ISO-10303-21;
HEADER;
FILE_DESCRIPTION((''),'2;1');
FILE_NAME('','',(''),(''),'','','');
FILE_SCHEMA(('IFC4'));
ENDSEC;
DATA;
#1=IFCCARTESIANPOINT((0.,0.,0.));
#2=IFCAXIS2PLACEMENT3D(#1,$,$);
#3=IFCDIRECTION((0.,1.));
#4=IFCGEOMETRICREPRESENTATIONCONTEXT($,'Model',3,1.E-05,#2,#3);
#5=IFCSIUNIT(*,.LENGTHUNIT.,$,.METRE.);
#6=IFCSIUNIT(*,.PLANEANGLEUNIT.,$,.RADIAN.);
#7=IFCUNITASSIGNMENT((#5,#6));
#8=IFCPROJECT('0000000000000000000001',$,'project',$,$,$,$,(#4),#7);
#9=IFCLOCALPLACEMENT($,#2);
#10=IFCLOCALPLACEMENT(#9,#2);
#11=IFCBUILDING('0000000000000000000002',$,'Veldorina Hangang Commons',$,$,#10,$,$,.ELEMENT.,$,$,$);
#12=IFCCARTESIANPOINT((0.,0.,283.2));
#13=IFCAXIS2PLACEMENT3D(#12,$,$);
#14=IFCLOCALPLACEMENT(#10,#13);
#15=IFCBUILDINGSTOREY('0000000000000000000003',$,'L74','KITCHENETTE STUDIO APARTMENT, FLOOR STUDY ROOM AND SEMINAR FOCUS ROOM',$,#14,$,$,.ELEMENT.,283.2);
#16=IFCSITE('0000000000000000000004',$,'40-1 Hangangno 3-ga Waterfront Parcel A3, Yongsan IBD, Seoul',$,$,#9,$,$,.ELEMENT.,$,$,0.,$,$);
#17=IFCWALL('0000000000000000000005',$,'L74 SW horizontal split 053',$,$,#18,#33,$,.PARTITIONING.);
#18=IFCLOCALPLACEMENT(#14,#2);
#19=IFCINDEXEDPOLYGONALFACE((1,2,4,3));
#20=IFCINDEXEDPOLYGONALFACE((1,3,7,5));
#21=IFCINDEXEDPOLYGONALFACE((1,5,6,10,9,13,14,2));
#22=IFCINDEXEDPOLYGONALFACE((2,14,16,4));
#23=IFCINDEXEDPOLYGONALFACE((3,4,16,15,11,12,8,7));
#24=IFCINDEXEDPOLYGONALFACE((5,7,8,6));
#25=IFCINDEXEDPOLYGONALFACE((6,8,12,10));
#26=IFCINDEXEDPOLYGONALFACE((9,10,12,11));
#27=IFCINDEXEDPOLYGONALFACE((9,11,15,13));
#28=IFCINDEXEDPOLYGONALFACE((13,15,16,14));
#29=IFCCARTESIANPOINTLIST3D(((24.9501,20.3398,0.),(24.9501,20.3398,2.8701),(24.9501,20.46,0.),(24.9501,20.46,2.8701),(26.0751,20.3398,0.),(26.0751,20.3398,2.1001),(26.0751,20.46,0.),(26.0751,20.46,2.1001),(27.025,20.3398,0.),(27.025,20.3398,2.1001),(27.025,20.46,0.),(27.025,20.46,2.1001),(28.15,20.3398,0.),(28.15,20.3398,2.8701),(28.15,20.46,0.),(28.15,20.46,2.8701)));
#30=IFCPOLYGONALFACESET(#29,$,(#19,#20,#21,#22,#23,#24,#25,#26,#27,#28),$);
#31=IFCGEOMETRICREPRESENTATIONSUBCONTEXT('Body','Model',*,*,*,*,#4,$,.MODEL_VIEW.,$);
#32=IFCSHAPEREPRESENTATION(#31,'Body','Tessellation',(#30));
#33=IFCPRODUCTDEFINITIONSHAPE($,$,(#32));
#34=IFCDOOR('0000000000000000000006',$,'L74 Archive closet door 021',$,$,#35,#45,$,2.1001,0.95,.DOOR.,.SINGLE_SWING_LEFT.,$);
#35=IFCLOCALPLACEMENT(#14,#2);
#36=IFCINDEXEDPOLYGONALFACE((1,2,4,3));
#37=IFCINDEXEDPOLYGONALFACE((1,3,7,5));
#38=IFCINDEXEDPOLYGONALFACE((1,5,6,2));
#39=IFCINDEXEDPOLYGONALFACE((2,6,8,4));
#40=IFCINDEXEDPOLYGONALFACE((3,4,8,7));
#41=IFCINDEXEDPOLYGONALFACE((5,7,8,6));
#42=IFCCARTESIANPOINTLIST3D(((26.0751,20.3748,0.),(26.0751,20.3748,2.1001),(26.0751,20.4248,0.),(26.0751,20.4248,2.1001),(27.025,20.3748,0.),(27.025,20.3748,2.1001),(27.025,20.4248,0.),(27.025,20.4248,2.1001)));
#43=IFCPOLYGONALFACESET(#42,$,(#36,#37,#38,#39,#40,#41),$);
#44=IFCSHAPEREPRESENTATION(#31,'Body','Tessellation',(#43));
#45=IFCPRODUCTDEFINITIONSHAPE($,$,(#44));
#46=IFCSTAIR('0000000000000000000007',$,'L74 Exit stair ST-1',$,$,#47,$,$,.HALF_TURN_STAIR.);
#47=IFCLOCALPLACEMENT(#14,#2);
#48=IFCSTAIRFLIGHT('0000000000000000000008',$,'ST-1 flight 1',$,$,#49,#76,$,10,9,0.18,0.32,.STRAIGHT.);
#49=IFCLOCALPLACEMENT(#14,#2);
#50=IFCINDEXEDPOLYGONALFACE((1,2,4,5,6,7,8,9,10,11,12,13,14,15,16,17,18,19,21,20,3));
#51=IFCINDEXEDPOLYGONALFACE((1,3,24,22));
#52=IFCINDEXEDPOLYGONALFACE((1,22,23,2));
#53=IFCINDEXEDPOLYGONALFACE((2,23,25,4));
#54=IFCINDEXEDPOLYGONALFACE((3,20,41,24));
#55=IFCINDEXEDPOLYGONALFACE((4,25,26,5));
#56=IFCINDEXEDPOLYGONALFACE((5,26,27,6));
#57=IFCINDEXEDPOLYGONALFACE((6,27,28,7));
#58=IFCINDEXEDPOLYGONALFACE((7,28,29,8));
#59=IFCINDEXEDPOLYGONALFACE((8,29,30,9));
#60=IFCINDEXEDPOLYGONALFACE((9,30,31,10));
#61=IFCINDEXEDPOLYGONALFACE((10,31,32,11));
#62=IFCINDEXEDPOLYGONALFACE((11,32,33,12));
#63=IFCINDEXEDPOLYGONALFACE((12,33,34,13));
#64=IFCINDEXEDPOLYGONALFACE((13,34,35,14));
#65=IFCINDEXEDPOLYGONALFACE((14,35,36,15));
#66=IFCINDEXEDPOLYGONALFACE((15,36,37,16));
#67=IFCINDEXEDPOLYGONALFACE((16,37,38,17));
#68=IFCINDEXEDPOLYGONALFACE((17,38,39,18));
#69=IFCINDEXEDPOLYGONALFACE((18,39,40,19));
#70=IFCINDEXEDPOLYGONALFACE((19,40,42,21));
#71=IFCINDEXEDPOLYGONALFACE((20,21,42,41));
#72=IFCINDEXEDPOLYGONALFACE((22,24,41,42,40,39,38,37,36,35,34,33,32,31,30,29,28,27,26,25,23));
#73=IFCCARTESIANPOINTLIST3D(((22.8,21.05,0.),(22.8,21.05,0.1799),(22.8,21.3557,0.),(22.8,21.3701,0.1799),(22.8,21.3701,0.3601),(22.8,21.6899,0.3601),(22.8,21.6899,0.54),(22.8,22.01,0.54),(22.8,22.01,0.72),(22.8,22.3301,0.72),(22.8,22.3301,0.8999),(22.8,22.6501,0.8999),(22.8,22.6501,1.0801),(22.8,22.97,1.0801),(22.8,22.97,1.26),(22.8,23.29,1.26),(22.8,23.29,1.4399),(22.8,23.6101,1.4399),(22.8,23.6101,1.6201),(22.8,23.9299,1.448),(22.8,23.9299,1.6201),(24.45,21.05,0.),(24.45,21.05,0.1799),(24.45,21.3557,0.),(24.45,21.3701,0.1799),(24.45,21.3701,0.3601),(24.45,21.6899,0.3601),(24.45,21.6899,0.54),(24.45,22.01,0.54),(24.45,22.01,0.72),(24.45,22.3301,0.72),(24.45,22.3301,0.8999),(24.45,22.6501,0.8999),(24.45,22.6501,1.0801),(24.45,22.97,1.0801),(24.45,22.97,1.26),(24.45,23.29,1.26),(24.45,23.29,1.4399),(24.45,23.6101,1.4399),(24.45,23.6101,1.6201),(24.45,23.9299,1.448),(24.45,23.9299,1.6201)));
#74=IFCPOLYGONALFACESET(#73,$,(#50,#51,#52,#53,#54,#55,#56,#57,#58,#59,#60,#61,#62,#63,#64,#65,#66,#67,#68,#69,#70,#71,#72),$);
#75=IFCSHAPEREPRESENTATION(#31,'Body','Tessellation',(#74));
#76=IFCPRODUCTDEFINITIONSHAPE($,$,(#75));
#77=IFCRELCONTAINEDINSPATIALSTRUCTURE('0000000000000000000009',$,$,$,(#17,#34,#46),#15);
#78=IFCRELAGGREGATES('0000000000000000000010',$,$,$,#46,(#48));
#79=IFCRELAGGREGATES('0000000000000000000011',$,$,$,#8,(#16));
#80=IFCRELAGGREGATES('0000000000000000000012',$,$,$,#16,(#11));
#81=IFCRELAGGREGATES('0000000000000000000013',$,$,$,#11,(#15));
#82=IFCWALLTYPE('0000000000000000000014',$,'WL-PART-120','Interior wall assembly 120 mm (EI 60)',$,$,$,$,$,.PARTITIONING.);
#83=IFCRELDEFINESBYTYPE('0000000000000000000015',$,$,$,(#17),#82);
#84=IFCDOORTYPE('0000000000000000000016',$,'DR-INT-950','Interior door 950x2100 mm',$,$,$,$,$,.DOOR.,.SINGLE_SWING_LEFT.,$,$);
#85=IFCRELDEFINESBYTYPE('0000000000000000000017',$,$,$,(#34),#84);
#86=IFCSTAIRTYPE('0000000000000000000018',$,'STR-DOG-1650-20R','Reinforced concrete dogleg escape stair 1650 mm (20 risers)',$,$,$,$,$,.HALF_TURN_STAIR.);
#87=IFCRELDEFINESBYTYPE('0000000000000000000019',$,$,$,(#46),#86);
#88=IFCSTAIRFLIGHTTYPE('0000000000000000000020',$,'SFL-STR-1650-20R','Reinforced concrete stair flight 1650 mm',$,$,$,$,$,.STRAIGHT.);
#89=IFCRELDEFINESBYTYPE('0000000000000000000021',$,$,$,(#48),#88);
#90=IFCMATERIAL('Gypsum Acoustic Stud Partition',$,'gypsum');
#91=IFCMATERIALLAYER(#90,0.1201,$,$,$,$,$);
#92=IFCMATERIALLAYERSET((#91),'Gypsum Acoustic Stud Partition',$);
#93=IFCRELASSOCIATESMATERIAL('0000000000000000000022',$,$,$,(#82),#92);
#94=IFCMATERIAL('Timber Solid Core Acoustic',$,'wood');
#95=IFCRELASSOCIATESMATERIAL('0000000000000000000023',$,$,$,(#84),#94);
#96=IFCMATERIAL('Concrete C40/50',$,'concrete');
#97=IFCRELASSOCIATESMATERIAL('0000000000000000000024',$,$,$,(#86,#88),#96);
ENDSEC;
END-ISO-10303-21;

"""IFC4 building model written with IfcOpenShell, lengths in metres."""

from ifc_helpers import new_model, si_unit, direction, frame, frame_2d, origin, place, context, subcontext, project, spatial, polyline, rectangle, outline, extrude, material, layer, layer_set, type_object, element, fill, aggregate, save


model = new_model("IFC4")

# Units and contexts
model_context = context("Model", 3, precision=1e-05, world=origin(), true_north=direction((0.0, 1.0)))
body_context = subcontext(model_context, "Body", "Model", "MODEL_VIEW")
ifc_project = project(units=[si_unit("LENGTHUNIT", "METRE"), si_unit("PLANEANGLEUNIT", "RADIAN")], contexts=[model_context])

# Site, building, storey
site_placement = place(None, origin())
site = spatial("IfcSite", under=ifc_project, at=site_placement, Name="40-1 Hangangno 3-ga Waterfront Parcel A3, Yongsan IBD, Seoul", CompositionType="ELEMENT", RefElevation=0.0)
building_placement = place(site_placement, origin())
building = spatial("IfcBuilding", under=site, at=building_placement, Name="Veldorina Hangang Commons", CompositionType="ELEMENT")
storey_placement = place(building_placement, frame((0.0, 0.0, 283.2)))
storey = spatial("IfcBuildingStorey", under=building, at=storey_placement, Name="L74", Description="KITCHENETTE STUDIO APARTMENT, FLOOR STUDY ROOM AND SEMINAR FOCUS ROOM", CompositionType="ELEMENT", Elevation=283.2)

# Shared definitions
ifc_material_1 = material(Name="Gypsum Acoustic Stud Partition", Category="gypsum")
ifc_layer_1 = layer(ifc_material_1, 0.1201)
ifc_layer_set_1 = layer_set([ifc_layer_1], Name="Gypsum Acoustic Stud Partition")
wall_type_1 = type_object("IfcWallType", Name="WL-PART-120", Description="Interior wall assembly 120 mm (EI 60)", PredefinedType="PARTITIONING", material=ifc_layer_set_1)
ifc_material_2 = material(Name="Timber Solid Core Acoustic", Category="wood")
door_type_1 = type_object("IfcDoorType", Name="DR-INT-950", Description="Interior door 950x2100 mm", OperationType="SINGLE_SWING_LEFT", PredefinedType="DOOR", material=ifc_material_2)

# Wall, opening, door
wall_1_placement = place(storey_placement, frame((24.95, 20.3999, 0.0), z_axis=(0.0, 0.0, 1.0), x_axis=(1.0, 0.0, 0.0)))
wall_1 = element("IfcWall", 1, at=wall_1_placement, inside=storey, type_object=wall_type_1, Name="L74 SW horizontal split 053", PredefinedType="PARTITIONING", context=body_context, shape_type="SweptSolid", body=[
    extrude(rectangle(XDim=3.2, YDim=0.1201, at=frame_2d((1.6001, 0.0))), origin(), (0.0, 0.0, 1.0), 2.8701),
])
opening_1_placement = place(wall_1_placement, frame((1.125, 0.0, 0.0)))
opening_1 = element("IfcOpeningElement", 2, at=opening_1_placement, cuts=wall_1, PredefinedType="OPENING", context=body_context, shape_type="SweptSolid", body=[
    extrude(rectangle(XDim=0.95, YDim=2.1001, at=frame_2d((0.4751, 1.05))), frame((0.0, 0.0701, 0.0), z_axis=(0.0, -1.0, 0.0), x_axis=(1.0, 0.0, 0.0)), (0.0, 0.0, 1.0), 0.1401),
])
door_1_placement = place(opening_1_placement, origin())
door_1 = element("IfcDoor", 3, at=door_1_placement, inside=storey, type_object=door_type_1, Name="L74 Archive closet door 021", OperationType="SINGLE_SWING_LEFT", OverallHeight=2.1001, OverallWidth=0.95, PredefinedType="DOOR", context=body_context, shape_type="SweptSolid", body=[
    extrude(rectangle(XDim=0.95, YDim=2.1001, at=frame_2d((0.4751, 1.05))), frame((0.0, 0.0249, 0.0), z_axis=(0.0, -1.0, 0.0), x_axis=(1.0, 0.0, 0.0)), (0.0, 0.0, 1.0), 0.05),
])
fill(opening_1, door_1)

# Stair, stair flight
ifc_material_3 = material(Name="Concrete C40/50", Category="concrete")
stair_type = type_object("IfcStairType", Name="STR-DOG-1650-20R", Description="Reinforced concrete dogleg escape stair 1650 mm (20 risers)", PredefinedType="HALF_TURN_STAIR", material=ifc_material_3)
stair_placement = place(storey_placement, origin())
stair = element("IfcStair", 4, at=stair_placement, inside=storey, type_object=stair_type, Name="L74 Exit stair ST-1", PredefinedType="HALF_TURN_STAIR")
stair_flight_type = type_object("IfcStairFlightType", Name="SFL-STR-1650-20R", Description="Reinforced concrete stair flight 1650 mm", PredefinedType="STRAIGHT", material=ifc_material_3)
stair_flight_placement = place(storey_placement, frame((23.625, 21.05, 0.0), z_axis=(0.0, 0.0, 1.0), x_axis=(0.0, 1.0, 0.0)))
stair_flight = element("IfcStairFlight", 5, at=stair_flight_placement, type_object=stair_flight_type, Name="ST-1 flight 1", NumberOfRisers=10, NumberOfTreads=9, PredefinedType="STRAIGHT", RiserHeight=0.18, TreadLength=0.32, context=body_context, shape_type="SweptSolid", body=[
    extrude(outline(polyline([(0.0, 0.0), (0.0, 0.1799), (0.3201, 0.1799), (0.3201, 0.3601), (0.6399, 0.3601), (0.6399, 0.54), (0.96, 0.54), (0.96, 0.72), (1.28, 0.72), (1.28, 0.8999), (1.6001, 0.8999), (1.6001, 1.0801), (1.9199, 1.0801), (1.9199, 1.26), (2.24, 1.26), (2.24, 1.4399), (2.5601, 1.4399), (2.5601, 1.6201), (2.8799, 1.6201), (2.8799, 1.8), (2.8799, 1.448), (0.3057, 0.0), (0.0, 0.0)])), frame((0.0, 0.825, 0.0), z_axis=(0.0, -1.0, 0.0), x_axis=(1.0, 0.0, 0.0)), (0.0, 0.0, 1.0), 1.6499),
])
aggregate(stair, [stair_flight])

save(model, "model.ifc")
